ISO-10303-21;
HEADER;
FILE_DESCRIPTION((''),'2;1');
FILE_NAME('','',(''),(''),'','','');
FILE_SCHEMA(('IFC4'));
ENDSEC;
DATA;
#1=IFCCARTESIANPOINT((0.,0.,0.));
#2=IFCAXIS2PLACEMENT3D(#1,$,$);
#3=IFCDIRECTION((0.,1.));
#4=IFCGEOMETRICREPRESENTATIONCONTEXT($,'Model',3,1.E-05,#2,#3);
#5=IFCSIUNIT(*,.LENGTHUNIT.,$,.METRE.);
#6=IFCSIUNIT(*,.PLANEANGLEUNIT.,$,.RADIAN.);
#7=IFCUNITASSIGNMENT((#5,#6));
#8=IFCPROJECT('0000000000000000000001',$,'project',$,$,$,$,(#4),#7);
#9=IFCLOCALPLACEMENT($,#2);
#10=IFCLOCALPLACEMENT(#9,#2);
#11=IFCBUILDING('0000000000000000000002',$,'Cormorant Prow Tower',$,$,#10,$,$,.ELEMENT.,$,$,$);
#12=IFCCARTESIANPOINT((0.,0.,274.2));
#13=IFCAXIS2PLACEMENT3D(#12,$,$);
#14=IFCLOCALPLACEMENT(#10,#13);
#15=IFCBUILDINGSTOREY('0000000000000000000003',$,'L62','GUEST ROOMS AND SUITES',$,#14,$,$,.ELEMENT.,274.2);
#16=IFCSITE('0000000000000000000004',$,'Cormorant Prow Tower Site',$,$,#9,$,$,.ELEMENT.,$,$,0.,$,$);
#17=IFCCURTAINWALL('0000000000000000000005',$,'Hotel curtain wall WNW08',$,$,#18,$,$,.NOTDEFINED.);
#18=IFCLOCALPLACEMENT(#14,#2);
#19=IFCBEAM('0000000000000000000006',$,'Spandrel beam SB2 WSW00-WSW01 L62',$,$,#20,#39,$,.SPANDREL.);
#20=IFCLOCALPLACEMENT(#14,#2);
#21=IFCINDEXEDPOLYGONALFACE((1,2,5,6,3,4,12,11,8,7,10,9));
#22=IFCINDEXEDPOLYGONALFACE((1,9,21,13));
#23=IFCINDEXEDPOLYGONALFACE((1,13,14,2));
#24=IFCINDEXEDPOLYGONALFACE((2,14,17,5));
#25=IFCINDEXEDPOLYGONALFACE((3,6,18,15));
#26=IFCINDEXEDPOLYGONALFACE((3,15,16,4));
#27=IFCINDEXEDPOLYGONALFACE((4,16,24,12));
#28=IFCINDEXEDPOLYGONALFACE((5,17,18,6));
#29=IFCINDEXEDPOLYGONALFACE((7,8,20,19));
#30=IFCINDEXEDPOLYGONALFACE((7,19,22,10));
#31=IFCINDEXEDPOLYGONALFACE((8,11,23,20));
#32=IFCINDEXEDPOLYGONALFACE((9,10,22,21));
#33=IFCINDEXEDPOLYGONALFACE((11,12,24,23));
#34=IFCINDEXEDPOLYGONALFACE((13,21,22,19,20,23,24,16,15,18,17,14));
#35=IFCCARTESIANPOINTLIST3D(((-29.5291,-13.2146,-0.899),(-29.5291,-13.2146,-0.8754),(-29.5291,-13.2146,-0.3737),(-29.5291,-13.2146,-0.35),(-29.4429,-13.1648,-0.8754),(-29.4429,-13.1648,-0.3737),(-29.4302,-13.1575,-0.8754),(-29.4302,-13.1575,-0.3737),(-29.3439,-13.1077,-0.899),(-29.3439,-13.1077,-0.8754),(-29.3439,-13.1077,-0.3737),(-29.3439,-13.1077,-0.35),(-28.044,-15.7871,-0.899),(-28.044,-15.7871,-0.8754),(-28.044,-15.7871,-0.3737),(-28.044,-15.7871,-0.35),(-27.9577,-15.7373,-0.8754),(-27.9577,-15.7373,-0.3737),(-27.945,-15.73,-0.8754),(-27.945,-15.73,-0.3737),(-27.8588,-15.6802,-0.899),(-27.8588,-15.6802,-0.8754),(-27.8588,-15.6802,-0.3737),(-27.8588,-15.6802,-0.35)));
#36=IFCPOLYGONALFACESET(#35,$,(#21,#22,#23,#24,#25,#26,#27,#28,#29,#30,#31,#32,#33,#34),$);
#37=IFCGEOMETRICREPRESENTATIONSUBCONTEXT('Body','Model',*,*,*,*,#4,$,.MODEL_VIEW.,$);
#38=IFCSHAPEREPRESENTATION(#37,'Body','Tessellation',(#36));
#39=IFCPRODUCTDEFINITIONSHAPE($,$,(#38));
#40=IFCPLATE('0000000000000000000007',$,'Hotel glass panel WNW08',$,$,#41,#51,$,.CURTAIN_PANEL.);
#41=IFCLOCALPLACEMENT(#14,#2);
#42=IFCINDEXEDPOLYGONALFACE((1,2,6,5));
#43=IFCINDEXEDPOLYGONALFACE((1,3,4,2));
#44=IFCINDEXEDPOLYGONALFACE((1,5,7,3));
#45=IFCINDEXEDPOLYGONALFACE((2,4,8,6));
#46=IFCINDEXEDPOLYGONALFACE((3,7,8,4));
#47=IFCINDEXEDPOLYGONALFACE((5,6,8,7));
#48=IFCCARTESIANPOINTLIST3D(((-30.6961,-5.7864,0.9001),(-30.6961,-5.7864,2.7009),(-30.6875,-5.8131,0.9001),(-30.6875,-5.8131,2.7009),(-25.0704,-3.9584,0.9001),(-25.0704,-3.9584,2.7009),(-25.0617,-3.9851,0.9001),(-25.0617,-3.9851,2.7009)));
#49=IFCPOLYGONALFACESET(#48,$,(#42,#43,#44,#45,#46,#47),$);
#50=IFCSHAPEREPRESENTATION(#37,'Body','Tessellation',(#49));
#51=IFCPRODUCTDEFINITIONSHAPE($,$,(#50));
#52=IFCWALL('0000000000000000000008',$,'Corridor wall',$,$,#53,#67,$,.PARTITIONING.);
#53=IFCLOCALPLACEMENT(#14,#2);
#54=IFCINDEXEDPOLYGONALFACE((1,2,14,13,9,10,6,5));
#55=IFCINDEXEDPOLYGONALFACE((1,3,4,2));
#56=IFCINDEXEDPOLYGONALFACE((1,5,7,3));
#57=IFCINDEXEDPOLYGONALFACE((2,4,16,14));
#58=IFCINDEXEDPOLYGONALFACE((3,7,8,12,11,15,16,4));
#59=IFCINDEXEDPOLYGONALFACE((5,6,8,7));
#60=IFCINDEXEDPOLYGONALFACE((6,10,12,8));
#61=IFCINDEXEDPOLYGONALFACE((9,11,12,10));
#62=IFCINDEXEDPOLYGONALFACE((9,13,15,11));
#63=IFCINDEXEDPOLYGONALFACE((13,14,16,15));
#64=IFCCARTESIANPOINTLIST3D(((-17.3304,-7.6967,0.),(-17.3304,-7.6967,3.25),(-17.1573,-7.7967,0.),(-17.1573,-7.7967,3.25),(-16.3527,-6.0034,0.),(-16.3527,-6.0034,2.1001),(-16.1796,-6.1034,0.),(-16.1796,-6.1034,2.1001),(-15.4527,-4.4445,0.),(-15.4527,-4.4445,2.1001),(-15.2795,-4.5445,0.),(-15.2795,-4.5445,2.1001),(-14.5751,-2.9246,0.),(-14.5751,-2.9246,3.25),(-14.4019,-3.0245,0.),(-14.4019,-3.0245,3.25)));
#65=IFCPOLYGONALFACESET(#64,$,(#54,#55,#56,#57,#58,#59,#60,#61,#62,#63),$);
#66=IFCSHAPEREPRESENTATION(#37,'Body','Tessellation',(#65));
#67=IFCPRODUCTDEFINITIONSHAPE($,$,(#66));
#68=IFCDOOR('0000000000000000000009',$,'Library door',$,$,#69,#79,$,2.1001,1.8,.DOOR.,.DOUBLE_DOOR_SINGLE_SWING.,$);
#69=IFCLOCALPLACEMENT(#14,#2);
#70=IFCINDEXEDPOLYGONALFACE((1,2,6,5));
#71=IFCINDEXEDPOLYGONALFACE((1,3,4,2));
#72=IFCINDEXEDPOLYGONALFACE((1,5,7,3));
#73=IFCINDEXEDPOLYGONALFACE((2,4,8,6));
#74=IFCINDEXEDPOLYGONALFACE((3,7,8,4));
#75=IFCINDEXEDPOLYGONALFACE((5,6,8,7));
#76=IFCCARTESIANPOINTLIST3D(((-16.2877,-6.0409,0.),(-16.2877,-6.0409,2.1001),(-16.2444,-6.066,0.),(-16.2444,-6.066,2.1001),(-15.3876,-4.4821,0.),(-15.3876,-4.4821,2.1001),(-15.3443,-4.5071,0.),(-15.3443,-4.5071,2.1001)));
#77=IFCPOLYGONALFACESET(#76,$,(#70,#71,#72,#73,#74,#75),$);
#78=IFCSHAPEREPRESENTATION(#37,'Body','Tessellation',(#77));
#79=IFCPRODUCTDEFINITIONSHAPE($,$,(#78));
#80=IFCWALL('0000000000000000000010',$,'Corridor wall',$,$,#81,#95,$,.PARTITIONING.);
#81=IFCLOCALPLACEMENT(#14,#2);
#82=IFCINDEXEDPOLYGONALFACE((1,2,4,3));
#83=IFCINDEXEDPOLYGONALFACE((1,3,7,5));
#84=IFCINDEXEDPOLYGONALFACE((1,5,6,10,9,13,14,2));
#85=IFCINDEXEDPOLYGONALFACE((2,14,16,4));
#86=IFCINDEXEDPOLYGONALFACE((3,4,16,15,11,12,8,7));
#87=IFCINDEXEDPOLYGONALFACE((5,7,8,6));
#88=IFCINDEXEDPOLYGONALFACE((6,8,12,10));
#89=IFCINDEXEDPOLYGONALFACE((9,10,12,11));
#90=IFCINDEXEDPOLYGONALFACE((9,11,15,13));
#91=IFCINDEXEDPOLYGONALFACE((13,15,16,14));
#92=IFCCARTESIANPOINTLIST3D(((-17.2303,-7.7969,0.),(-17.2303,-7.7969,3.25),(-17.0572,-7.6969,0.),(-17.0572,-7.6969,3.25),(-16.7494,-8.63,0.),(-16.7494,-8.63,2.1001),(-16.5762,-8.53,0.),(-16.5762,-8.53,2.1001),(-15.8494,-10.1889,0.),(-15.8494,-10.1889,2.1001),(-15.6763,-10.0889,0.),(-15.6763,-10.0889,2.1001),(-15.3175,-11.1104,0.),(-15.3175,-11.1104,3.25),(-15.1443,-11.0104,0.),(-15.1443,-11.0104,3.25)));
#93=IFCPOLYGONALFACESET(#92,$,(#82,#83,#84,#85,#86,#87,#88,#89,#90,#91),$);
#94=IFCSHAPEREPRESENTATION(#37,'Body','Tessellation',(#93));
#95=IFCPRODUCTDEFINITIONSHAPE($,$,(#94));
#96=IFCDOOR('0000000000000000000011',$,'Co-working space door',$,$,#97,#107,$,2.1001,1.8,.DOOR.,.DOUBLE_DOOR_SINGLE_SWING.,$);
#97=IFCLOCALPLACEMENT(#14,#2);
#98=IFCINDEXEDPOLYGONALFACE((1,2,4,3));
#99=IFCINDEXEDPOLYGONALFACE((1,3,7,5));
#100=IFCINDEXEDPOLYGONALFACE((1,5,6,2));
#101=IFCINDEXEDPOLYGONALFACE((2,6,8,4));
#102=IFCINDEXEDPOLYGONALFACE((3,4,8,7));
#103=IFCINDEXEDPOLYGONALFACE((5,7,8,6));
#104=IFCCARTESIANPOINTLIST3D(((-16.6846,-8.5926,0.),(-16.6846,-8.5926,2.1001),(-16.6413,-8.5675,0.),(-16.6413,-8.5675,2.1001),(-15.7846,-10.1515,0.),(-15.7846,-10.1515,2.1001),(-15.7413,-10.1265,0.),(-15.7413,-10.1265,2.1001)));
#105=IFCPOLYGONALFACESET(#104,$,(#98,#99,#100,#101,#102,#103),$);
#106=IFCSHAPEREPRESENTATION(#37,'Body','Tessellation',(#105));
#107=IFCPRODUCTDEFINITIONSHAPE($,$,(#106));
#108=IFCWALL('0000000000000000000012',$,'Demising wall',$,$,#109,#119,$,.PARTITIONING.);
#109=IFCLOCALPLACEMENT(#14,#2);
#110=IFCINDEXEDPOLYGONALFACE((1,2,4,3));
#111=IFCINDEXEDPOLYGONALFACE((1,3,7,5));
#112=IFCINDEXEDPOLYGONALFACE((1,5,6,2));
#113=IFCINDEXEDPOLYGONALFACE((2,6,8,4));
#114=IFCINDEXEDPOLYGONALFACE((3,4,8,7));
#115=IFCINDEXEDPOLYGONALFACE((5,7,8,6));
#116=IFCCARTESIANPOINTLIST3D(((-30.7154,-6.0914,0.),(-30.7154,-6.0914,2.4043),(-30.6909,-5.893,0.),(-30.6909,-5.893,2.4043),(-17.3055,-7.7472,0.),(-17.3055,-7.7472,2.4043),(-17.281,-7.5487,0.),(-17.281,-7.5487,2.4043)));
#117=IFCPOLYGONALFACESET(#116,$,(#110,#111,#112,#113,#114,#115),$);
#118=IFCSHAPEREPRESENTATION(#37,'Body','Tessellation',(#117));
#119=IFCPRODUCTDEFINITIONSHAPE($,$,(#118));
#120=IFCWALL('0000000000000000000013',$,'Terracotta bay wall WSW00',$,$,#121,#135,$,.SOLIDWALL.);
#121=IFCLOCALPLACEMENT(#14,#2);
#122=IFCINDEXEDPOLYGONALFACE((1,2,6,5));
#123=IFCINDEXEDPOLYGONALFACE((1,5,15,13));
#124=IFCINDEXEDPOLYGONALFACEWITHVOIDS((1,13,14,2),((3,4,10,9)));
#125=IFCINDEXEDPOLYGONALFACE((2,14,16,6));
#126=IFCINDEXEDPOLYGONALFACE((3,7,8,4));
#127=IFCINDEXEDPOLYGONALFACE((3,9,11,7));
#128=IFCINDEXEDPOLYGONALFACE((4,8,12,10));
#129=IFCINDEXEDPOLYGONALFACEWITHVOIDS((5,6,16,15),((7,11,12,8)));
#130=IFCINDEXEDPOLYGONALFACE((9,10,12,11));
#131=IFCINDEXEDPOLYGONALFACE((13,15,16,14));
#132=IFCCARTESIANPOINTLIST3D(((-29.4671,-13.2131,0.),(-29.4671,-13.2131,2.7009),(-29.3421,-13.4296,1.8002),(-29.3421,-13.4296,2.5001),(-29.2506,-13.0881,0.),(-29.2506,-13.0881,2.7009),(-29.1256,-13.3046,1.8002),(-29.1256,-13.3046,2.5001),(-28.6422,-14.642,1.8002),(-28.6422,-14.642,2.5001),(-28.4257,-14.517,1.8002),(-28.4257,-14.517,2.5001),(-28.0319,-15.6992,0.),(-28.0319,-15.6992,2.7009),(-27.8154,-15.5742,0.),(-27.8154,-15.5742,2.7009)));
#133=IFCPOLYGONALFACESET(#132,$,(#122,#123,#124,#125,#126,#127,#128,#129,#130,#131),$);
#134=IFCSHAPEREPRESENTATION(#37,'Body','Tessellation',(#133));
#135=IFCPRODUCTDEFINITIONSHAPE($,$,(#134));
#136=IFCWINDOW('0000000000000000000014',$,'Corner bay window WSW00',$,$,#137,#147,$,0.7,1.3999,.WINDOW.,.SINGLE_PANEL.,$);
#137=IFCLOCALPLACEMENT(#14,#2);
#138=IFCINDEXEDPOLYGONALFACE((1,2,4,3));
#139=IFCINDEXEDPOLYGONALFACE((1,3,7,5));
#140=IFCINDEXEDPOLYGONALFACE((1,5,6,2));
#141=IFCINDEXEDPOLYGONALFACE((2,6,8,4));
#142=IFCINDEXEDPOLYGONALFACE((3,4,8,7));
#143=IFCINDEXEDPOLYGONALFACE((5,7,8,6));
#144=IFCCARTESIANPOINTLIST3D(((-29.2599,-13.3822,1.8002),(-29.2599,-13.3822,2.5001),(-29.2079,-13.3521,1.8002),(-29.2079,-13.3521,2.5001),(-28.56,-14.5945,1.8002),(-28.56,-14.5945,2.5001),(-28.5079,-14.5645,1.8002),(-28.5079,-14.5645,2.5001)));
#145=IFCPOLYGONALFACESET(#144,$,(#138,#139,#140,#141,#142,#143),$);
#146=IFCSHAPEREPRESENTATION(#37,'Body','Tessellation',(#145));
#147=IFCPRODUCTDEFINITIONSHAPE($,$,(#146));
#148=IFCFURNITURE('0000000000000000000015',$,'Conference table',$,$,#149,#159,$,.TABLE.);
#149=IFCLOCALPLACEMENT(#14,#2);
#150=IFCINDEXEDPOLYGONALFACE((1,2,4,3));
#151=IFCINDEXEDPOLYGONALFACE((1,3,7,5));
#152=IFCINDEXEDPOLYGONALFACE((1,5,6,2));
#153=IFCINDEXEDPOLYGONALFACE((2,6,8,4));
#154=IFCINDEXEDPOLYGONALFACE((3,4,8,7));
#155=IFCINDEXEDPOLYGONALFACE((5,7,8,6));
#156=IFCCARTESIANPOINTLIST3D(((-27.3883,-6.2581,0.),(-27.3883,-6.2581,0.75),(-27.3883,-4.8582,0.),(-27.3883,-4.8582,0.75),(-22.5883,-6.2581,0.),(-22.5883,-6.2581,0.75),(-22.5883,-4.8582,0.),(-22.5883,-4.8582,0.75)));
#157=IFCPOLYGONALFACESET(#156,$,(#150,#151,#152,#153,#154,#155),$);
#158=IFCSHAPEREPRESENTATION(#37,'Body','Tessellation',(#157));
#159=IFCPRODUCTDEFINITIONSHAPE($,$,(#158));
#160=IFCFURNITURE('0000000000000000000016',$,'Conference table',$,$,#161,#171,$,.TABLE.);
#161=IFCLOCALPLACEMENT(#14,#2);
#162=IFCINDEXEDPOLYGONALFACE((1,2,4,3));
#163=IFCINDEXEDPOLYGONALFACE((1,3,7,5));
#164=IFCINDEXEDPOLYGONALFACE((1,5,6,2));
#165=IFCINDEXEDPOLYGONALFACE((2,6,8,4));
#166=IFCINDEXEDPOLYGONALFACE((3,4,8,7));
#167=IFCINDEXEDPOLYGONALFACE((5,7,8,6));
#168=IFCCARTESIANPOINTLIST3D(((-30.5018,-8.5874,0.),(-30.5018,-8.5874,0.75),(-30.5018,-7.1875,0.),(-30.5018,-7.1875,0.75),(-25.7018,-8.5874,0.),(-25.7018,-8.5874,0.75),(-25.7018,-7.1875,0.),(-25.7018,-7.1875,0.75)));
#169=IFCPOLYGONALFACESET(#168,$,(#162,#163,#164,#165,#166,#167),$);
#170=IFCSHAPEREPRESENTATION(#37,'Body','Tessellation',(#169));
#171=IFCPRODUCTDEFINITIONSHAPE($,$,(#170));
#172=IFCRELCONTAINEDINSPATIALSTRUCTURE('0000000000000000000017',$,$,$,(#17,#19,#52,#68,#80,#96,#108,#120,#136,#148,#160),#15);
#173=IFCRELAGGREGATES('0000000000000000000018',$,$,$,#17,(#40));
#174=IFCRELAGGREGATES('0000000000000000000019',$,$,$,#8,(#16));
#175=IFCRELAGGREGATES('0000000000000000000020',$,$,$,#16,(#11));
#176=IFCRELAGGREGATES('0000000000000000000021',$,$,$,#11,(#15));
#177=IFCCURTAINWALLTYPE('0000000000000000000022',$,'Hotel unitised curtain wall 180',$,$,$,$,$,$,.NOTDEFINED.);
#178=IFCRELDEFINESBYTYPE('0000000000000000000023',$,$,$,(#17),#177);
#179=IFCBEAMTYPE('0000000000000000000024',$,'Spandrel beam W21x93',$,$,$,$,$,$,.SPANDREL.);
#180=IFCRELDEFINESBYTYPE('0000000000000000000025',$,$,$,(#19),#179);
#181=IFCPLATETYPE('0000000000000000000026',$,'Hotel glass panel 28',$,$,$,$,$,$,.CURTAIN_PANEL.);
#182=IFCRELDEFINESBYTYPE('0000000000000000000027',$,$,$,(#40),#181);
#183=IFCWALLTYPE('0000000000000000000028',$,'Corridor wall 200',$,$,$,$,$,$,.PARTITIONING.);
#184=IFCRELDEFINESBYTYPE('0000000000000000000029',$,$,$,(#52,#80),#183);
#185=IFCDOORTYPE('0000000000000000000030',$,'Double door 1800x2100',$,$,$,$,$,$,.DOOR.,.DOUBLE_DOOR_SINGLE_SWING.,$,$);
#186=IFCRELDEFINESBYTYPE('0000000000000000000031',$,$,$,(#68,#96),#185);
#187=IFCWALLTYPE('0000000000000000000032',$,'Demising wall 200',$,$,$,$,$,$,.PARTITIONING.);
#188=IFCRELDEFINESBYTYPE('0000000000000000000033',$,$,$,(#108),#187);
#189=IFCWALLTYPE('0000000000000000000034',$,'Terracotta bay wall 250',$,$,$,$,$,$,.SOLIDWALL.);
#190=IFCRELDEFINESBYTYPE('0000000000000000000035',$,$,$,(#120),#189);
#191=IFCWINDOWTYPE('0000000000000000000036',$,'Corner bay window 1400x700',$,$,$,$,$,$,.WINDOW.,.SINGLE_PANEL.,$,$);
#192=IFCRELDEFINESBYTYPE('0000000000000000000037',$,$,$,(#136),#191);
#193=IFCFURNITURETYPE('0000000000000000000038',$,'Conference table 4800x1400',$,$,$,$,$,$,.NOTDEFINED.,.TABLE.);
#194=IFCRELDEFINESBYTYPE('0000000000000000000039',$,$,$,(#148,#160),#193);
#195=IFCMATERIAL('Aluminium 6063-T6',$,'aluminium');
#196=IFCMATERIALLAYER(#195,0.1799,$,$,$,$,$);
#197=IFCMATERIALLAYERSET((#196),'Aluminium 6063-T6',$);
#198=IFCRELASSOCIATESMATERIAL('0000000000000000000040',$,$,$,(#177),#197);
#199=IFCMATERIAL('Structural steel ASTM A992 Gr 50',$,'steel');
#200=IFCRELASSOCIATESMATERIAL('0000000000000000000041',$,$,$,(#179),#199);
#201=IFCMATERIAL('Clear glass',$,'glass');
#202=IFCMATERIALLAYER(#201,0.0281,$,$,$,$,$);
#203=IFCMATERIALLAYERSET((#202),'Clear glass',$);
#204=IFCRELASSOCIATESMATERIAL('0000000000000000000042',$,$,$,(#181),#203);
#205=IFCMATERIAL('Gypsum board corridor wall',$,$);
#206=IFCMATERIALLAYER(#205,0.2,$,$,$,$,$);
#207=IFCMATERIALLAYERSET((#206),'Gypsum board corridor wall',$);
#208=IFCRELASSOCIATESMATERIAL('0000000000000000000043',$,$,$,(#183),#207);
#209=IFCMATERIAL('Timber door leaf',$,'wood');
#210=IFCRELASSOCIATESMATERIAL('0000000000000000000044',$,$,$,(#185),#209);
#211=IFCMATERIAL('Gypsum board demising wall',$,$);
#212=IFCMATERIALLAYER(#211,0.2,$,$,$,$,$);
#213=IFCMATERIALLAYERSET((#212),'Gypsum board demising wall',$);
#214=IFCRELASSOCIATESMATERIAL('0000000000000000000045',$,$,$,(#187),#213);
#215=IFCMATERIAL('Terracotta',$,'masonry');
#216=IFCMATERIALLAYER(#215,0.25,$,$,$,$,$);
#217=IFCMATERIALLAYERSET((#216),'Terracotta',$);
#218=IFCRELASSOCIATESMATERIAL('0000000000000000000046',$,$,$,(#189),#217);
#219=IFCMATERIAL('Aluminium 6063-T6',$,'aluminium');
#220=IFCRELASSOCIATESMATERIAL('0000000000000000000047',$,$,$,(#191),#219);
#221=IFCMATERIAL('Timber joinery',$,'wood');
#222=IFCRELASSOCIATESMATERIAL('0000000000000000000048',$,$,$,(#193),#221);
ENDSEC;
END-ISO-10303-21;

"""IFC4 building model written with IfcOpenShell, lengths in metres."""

from ifc_helpers import new_model, si_unit, direction, frame, frame_2d, origin, origin_2d, place, context, subcontext, project, spatial, rectangle, i_section, extrude, material, layer, layer_set, material_profile, profile_set, type_object, element, fill, aggregate, save


model = new_model("IFC4")

# Units and contexts
model_context = context("Model", 3, precision=1e-05, world=origin(), true_north=direction((0.0, 1.0)))
body_context = subcontext(model_context, "Body", "Model", "MODEL_VIEW")
ifc_project = project(units=[si_unit("LENGTHUNIT", "METRE"), si_unit("PLANEANGLEUNIT", "RADIAN")], contexts=[model_context])

# Site, building, storey
site_placement = place(None, origin())
site = spatial("IfcSite", under=ifc_project, at=site_placement, Name="Cormorant Prow Tower Site", CompositionType="ELEMENT", RefElevation=0.0)
building_placement = place(site_placement, origin())
building = spatial("IfcBuilding", under=site, at=building_placement, Name="Cormorant Prow Tower", CompositionType="ELEMENT")
storey_placement = place(building_placement, frame((0.0, 0.0, 274.2)))
storey = spatial("IfcBuildingStorey", under=building, at=storey_placement, Name="L62", Description="GUEST ROOMS AND SUITES", CompositionType="ELEMENT", Elevation=274.2)

# Curtain wall
ifc_material_1 = material(Name="Aluminium 6063-T6", Category="aluminium")
ifc_layer_1 = layer(ifc_material_1, 0.1799)
ifc_layer_set_1 = layer_set([ifc_layer_1], Name="Aluminium 6063-T6")
curtain_wall_type = type_object("IfcCurtainWallType", Name="Hotel unitised curtain wall 180", PredefinedType="NOTDEFINED", material=ifc_layer_set_1)
curtain_wall_placement = place(storey_placement, origin())
curtain_wall = element("IfcCurtainWall", 1, at=curtain_wall_placement, inside=storey, type_object=curtain_wall_type, Name="Hotel curtain wall WNW08", PredefinedType="NOTDEFINED")

# Beam
ifc_material_2 = material(Name="Structural steel ASTM A992 Gr 50", Category="steel")
ifc_material_profile_1 = material_profile(ifc_material_2, i_section(OverallWidth=0.2139, OverallDepth=0.5491, WebThickness=0.0146, FlangeThickness=0.0237, at=origin_2d()), Name="W21x93")
ifc_profile_set_1 = profile_set([ifc_material_profile_1], Name="Structural steel ASTM A992 Gr 50")
beam_type_1 = type_object("IfcBeamType", Name="Spandrel beam W21x93", PredefinedType="SPANDREL", material=ifc_profile_set_1)
beam_1_placement = place(storey_placement, frame((-29.4365, -13.1611, -0.6245), z_axis=(0.499967, -0.866045, 0.0), x_axis=(0.866045, 0.499967, 0.0)))
element("IfcBeam", 2, at=beam_1_placement, inside=storey, type_object=beam_type_1, Name="Spandrel beam SB2 WSW00-WSW01 L62", PredefinedType="SPANDREL", context=body_context, shape_type="SweptSolid", body=[
    extrude(i_section(OverallWidth=0.2139, OverallDepth=0.5491, WebThickness=0.0146, FlangeThickness=0.0237, at=origin_2d()), origin(), (0.0, 0.0, 1.0), 2.9705),
])

# Plate
ifc_material_3 = material(Name="Clear glass", Category="glass")
ifc_layer_2 = layer(ifc_material_3, 0.0281)
ifc_layer_set_2 = layer_set([ifc_layer_2], Name="Clear glass")
plate_type = type_object("IfcPlateType", Name="Hotel glass panel 28", PredefinedType="CURTAIN_PANEL", material=ifc_layer_set_2)
plate_placement = place(storey_placement, frame((-27.8789, -4.8857, 0.9001), z_axis=(0.0, 0.0, 1.0), x_axis=(-0.951057, -0.309017, 0.0)))
plate = element("IfcPlate", 3, at=plate_placement, type_object=plate_type, Name="Hotel glass panel WNW08", PredefinedType="CURTAIN_PANEL", context=body_context, shape_type="SweptSolid", body=[
    extrude(rectangle(XDim=5.9153, YDim=0.0281, at=origin_2d()), origin(), (0.0, 0.0, 1.0), 1.8008),
])
aggregate(curtain_wall, [plate])

# Walls, openings, doors
ifc_material_4 = material(Name="Gypsum board corridor wall")
ifc_layer_3 = layer(ifc_material_4, 0.2)
ifc_layer_set_3 = layer_set([ifc_layer_3], Name="Gypsum board corridor wall")
wall_type_1 = type_object("IfcWallType", Name="Corridor wall 200", PredefinedType="PARTITIONING", material=ifc_layer_set_3)
wall_1_placement = place(storey_placement, frame((-17.2439, -7.7468, 0.0), z_axis=(0.0, 0.0, 1.0), x_axis=(0.500018, 0.866015, 0.0)))
wall_1 = element("IfcWall", 4, at=wall_1_placement, inside=storey, type_object=wall_type_1, Name="Corridor wall", PredefinedType="PARTITIONING", context=body_context, shape_type="SweptSolid", body=[
    extrude(rectangle(XDim=5.5105, YDim=0.2, at=frame_2d((2.7554, 0.0))), origin(), (0.0, 0.0, 1.0), 3.25),
])
opening_1_placement = place(wall_1_placement, frame((1.9556, 0.0, 0.0)))
opening_1 = element("IfcOpeningElement", 5, at=opening_1_placement, cuts=wall_1, PredefinedType="OPENING", context=body_context, shape_type="SweptSolid", body=[
    extrude(rectangle(XDim=1.8, YDim=2.1001, at=frame_2d((0.8999, 1.05))), frame((0.0, 0.1099, 0.0), z_axis=(0.0, -1.0, 0.0), x_axis=(1.0, 0.0, 0.0)), (0.0, 0.0, 1.0), 0.22),
])
ifc_material_5 = material(Name="Timber door leaf", Category="wood")
door_type_1 = type_object("IfcDoorType", Name="Double door 1800x2100", OperationType="DOUBLE_DOOR_SINGLE_SWING", PredefinedType="DOOR", material=ifc_material_5)
door_1_placement = place(opening_1_placement, origin())
door_1 = element("IfcDoor", 6, at=door_1_placement, inside=storey, type_object=door_type_1, Name="Library door", OperationType="DOUBLE_DOOR_SINGLE_SWING", OverallHeight=2.1001, OverallWidth=1.8, PredefinedType="DOOR", context=body_context, shape_type="SweptSolid", body=[
    extrude(rectangle(XDim=1.8, YDim=2.1001, at=frame_2d((0.8999, 1.05))), frame((0.0, 0.0249, 0.0), z_axis=(0.0, -1.0, 0.0), x_axis=(1.0, 0.0, 0.0)), (0.0, 0.0, 1.0), 0.05),
])
fill(opening_1, door_1)
wall_2_placement = place(storey_placement, frame((-17.1438, -7.7468, 0.0), z_axis=(0.0, 0.0, 1.0), x_axis=(0.499962, -0.866047, 0.0)))
wall_2 = element("IfcWall", 7, at=wall_2_placement, inside=storey, type_object=wall_type_1, Name="Corridor wall", PredefinedType="PARTITIONING", context=body_context, shape_type="SweptSolid", body=[
    extrude(rectangle(XDim=3.8259, YDim=0.2, at=frame_2d((1.9131, 0.0))), origin(), (0.0, 0.0, 1.0), 3.25),
])
opening_2_placement = place(wall_2_placement, frame((0.9622, 0.0, 0.0)))
opening_2 = element("IfcOpeningElement", 8, at=opening_2_placement, cuts=wall_2, PredefinedType="OPENING", context=body_context, shape_type="SweptSolid", body=[
    extrude(rectangle(XDim=1.8, YDim=2.1001, at=frame_2d((0.8999, 1.05))), frame((0.0, 0.1099, 0.0), z_axis=(0.0, -1.0, 0.0), x_axis=(1.0, 0.0, 0.0)), (0.0, 0.0, 1.0), 0.22),
])
door_2_placement = place(opening_2_placement, origin())
door_2 = element("IfcDoor", 9, at=door_2_placement, inside=storey, type_object=door_type_1, Name="Co-working space door", OperationType="DOUBLE_DOOR_SINGLE_SWING", OverallHeight=2.1001, OverallWidth=1.8, PredefinedType="DOOR", context=body_context, shape_type="SweptSolid", body=[
    extrude(rectangle(XDim=1.8, YDim=2.1001, at=frame_2d((0.8999, 1.05))), frame((0.0, 0.0249, 0.0), z_axis=(0.0, -1.0, 0.0), x_axis=(1.0, 0.0, 0.0)), (0.0, 0.0, 1.0), 0.05),
])
fill(opening_2, door_2)

# Wall
ifc_material_6 = material(Name="Gypsum board demising wall")
ifc_layer_4 = layer(ifc_material_6, 0.2)
ifc_layer_set_4 = layer_set([ifc_layer_4], Name="Gypsum board demising wall")
wall_type_2 = type_object("IfcWallType", Name="Demising wall 200", PredefinedType="PARTITIONING", material=ifc_layer_set_4)
wall_3_placement = place(storey_placement, frame((-30.7031, -5.9922, 0.0), z_axis=(0.0, 0.0, 1.0), x_axis=(0.992463, -0.122542, 0.0)))
element("IfcWall", 10, at=wall_3_placement, inside=storey, type_object=wall_type_2, Name="Demising wall", PredefinedType="PARTITIONING", context=body_context, shape_type="SweptSolid", body=[
    extrude(rectangle(XDim=13.5117, YDim=0.2, at=frame_2d((6.7559, 0.0))), origin(), (0.0, 0.0, 1.0), 2.4043),
])

# Wall, opening, window
ifc_material_7 = material(Name="Terracotta", Category="masonry")
ifc_layer_5 = layer(ifc_material_7, 0.25)
ifc_layer_set_5 = layer_set([ifc_layer_5], Name="Terracotta")
wall_type_3 = type_object("IfcWallType", Name="Terracotta bay wall 250", PredefinedType="SOLIDWALL", material=ifc_layer_set_5)
wall_4_placement = place(storey_placement, frame((-29.3589, -13.1506, 0.0), z_axis=(0.0, 0.0, 1.0), x_axis=(0.49999, -0.866031, 0.0)))
wall_4 = element("IfcWall", 11, at=wall_4_placement, inside=storey, type_object=wall_type_3, Name="Terracotta bay wall WSW00", PredefinedType="SOLIDWALL", context=body_context, shape_type="SweptSolid", body=[
    extrude(rectangle(XDim=2.8706, YDim=0.25, at=frame_2d((1.4353, 0.0))), origin(), (0.0, 0.0, 1.0), 2.7009),
])
opening_3_placement = place(wall_4_placement, frame((0.25, 0.0, 1.8)))
opening_3 = element("IfcOpeningElement", 12, at=opening_3_placement, cuts=wall_4, PredefinedType="OPENING", context=body_context, shape_type="SweptSolid", body=[
    extrude(rectangle(XDim=1.3999, YDim=0.7, at=frame_2d((0.7, 0.3501))), frame((0.0, 0.135, 0.0), z_axis=(0.0, -1.0, 0.0), x_axis=(1.0, 0.0, 0.0)), (0.0, 0.0, 1.0), 0.27),
])
ifc_material_8 = material(Name="Aluminium 6063-T6", Category="aluminium")
window_type = type_object("IfcWindowType", Name="Corner bay window 1400x700", PartitioningType="SINGLE_PANEL", PredefinedType="WINDOW", material=ifc_material_8)
window_placement = place(opening_3_placement, origin())
window = element("IfcWindow", 13, at=window_placement, inside=storey, type_object=window_type, Name="Corner bay window WSW00", OverallHeight=0.7, OverallWidth=1.3999, PartitioningType="SINGLE_PANEL", PredefinedType="WINDOW", context=body_context, shape_type="SweptSolid", body=[
    extrude(rectangle(XDim=1.3999, YDim=0.7, at=frame_2d((0.7, 0.3501))), frame((0.0, 0.03, 0.0), z_axis=(0.0, -1.0, 0.0), x_axis=(1.0, 0.0, 0.0)), (0.0, 0.0, 1.0), 0.0601),
])
fill(opening_3, window)

# Furniture
ifc_material_9 = material(Name="Timber joinery", Category="wood")
furniture_type = type_object("IfcFurnitureType", Name="Conference table 4800x1400", AssemblyPlace="NOTDEFINED", PredefinedType="TABLE", material=ifc_material_9)
for number, where, z_axis, x_axis, name in (
    (14, (-24.9883, -5.5581, 0.0), (0.0, 0.0, 1.0), (1.0, 0.0, 0.0), "Conference table"),
    (15, (-28.1018, -7.8875, 0.0), (0.0, 0.0, 1.0), (1.0, 0.0, 0.0), "Conference table"),
):
    element("IfcFurniture", number, at=place(storey_placement, frame(where, z_axis=z_axis, x_axis=x_axis)), inside=storey, type_object=furniture_type, Name=name, PredefinedType="TABLE", context=body_context, shape_type="SweptSolid", body=[
        extrude(rectangle(XDim=4.8, YDim=1.3999, at=origin_2d()), origin(), (0.0, 0.0, 1.0), 0.75),
    ])

save(model, "model.ifc")
